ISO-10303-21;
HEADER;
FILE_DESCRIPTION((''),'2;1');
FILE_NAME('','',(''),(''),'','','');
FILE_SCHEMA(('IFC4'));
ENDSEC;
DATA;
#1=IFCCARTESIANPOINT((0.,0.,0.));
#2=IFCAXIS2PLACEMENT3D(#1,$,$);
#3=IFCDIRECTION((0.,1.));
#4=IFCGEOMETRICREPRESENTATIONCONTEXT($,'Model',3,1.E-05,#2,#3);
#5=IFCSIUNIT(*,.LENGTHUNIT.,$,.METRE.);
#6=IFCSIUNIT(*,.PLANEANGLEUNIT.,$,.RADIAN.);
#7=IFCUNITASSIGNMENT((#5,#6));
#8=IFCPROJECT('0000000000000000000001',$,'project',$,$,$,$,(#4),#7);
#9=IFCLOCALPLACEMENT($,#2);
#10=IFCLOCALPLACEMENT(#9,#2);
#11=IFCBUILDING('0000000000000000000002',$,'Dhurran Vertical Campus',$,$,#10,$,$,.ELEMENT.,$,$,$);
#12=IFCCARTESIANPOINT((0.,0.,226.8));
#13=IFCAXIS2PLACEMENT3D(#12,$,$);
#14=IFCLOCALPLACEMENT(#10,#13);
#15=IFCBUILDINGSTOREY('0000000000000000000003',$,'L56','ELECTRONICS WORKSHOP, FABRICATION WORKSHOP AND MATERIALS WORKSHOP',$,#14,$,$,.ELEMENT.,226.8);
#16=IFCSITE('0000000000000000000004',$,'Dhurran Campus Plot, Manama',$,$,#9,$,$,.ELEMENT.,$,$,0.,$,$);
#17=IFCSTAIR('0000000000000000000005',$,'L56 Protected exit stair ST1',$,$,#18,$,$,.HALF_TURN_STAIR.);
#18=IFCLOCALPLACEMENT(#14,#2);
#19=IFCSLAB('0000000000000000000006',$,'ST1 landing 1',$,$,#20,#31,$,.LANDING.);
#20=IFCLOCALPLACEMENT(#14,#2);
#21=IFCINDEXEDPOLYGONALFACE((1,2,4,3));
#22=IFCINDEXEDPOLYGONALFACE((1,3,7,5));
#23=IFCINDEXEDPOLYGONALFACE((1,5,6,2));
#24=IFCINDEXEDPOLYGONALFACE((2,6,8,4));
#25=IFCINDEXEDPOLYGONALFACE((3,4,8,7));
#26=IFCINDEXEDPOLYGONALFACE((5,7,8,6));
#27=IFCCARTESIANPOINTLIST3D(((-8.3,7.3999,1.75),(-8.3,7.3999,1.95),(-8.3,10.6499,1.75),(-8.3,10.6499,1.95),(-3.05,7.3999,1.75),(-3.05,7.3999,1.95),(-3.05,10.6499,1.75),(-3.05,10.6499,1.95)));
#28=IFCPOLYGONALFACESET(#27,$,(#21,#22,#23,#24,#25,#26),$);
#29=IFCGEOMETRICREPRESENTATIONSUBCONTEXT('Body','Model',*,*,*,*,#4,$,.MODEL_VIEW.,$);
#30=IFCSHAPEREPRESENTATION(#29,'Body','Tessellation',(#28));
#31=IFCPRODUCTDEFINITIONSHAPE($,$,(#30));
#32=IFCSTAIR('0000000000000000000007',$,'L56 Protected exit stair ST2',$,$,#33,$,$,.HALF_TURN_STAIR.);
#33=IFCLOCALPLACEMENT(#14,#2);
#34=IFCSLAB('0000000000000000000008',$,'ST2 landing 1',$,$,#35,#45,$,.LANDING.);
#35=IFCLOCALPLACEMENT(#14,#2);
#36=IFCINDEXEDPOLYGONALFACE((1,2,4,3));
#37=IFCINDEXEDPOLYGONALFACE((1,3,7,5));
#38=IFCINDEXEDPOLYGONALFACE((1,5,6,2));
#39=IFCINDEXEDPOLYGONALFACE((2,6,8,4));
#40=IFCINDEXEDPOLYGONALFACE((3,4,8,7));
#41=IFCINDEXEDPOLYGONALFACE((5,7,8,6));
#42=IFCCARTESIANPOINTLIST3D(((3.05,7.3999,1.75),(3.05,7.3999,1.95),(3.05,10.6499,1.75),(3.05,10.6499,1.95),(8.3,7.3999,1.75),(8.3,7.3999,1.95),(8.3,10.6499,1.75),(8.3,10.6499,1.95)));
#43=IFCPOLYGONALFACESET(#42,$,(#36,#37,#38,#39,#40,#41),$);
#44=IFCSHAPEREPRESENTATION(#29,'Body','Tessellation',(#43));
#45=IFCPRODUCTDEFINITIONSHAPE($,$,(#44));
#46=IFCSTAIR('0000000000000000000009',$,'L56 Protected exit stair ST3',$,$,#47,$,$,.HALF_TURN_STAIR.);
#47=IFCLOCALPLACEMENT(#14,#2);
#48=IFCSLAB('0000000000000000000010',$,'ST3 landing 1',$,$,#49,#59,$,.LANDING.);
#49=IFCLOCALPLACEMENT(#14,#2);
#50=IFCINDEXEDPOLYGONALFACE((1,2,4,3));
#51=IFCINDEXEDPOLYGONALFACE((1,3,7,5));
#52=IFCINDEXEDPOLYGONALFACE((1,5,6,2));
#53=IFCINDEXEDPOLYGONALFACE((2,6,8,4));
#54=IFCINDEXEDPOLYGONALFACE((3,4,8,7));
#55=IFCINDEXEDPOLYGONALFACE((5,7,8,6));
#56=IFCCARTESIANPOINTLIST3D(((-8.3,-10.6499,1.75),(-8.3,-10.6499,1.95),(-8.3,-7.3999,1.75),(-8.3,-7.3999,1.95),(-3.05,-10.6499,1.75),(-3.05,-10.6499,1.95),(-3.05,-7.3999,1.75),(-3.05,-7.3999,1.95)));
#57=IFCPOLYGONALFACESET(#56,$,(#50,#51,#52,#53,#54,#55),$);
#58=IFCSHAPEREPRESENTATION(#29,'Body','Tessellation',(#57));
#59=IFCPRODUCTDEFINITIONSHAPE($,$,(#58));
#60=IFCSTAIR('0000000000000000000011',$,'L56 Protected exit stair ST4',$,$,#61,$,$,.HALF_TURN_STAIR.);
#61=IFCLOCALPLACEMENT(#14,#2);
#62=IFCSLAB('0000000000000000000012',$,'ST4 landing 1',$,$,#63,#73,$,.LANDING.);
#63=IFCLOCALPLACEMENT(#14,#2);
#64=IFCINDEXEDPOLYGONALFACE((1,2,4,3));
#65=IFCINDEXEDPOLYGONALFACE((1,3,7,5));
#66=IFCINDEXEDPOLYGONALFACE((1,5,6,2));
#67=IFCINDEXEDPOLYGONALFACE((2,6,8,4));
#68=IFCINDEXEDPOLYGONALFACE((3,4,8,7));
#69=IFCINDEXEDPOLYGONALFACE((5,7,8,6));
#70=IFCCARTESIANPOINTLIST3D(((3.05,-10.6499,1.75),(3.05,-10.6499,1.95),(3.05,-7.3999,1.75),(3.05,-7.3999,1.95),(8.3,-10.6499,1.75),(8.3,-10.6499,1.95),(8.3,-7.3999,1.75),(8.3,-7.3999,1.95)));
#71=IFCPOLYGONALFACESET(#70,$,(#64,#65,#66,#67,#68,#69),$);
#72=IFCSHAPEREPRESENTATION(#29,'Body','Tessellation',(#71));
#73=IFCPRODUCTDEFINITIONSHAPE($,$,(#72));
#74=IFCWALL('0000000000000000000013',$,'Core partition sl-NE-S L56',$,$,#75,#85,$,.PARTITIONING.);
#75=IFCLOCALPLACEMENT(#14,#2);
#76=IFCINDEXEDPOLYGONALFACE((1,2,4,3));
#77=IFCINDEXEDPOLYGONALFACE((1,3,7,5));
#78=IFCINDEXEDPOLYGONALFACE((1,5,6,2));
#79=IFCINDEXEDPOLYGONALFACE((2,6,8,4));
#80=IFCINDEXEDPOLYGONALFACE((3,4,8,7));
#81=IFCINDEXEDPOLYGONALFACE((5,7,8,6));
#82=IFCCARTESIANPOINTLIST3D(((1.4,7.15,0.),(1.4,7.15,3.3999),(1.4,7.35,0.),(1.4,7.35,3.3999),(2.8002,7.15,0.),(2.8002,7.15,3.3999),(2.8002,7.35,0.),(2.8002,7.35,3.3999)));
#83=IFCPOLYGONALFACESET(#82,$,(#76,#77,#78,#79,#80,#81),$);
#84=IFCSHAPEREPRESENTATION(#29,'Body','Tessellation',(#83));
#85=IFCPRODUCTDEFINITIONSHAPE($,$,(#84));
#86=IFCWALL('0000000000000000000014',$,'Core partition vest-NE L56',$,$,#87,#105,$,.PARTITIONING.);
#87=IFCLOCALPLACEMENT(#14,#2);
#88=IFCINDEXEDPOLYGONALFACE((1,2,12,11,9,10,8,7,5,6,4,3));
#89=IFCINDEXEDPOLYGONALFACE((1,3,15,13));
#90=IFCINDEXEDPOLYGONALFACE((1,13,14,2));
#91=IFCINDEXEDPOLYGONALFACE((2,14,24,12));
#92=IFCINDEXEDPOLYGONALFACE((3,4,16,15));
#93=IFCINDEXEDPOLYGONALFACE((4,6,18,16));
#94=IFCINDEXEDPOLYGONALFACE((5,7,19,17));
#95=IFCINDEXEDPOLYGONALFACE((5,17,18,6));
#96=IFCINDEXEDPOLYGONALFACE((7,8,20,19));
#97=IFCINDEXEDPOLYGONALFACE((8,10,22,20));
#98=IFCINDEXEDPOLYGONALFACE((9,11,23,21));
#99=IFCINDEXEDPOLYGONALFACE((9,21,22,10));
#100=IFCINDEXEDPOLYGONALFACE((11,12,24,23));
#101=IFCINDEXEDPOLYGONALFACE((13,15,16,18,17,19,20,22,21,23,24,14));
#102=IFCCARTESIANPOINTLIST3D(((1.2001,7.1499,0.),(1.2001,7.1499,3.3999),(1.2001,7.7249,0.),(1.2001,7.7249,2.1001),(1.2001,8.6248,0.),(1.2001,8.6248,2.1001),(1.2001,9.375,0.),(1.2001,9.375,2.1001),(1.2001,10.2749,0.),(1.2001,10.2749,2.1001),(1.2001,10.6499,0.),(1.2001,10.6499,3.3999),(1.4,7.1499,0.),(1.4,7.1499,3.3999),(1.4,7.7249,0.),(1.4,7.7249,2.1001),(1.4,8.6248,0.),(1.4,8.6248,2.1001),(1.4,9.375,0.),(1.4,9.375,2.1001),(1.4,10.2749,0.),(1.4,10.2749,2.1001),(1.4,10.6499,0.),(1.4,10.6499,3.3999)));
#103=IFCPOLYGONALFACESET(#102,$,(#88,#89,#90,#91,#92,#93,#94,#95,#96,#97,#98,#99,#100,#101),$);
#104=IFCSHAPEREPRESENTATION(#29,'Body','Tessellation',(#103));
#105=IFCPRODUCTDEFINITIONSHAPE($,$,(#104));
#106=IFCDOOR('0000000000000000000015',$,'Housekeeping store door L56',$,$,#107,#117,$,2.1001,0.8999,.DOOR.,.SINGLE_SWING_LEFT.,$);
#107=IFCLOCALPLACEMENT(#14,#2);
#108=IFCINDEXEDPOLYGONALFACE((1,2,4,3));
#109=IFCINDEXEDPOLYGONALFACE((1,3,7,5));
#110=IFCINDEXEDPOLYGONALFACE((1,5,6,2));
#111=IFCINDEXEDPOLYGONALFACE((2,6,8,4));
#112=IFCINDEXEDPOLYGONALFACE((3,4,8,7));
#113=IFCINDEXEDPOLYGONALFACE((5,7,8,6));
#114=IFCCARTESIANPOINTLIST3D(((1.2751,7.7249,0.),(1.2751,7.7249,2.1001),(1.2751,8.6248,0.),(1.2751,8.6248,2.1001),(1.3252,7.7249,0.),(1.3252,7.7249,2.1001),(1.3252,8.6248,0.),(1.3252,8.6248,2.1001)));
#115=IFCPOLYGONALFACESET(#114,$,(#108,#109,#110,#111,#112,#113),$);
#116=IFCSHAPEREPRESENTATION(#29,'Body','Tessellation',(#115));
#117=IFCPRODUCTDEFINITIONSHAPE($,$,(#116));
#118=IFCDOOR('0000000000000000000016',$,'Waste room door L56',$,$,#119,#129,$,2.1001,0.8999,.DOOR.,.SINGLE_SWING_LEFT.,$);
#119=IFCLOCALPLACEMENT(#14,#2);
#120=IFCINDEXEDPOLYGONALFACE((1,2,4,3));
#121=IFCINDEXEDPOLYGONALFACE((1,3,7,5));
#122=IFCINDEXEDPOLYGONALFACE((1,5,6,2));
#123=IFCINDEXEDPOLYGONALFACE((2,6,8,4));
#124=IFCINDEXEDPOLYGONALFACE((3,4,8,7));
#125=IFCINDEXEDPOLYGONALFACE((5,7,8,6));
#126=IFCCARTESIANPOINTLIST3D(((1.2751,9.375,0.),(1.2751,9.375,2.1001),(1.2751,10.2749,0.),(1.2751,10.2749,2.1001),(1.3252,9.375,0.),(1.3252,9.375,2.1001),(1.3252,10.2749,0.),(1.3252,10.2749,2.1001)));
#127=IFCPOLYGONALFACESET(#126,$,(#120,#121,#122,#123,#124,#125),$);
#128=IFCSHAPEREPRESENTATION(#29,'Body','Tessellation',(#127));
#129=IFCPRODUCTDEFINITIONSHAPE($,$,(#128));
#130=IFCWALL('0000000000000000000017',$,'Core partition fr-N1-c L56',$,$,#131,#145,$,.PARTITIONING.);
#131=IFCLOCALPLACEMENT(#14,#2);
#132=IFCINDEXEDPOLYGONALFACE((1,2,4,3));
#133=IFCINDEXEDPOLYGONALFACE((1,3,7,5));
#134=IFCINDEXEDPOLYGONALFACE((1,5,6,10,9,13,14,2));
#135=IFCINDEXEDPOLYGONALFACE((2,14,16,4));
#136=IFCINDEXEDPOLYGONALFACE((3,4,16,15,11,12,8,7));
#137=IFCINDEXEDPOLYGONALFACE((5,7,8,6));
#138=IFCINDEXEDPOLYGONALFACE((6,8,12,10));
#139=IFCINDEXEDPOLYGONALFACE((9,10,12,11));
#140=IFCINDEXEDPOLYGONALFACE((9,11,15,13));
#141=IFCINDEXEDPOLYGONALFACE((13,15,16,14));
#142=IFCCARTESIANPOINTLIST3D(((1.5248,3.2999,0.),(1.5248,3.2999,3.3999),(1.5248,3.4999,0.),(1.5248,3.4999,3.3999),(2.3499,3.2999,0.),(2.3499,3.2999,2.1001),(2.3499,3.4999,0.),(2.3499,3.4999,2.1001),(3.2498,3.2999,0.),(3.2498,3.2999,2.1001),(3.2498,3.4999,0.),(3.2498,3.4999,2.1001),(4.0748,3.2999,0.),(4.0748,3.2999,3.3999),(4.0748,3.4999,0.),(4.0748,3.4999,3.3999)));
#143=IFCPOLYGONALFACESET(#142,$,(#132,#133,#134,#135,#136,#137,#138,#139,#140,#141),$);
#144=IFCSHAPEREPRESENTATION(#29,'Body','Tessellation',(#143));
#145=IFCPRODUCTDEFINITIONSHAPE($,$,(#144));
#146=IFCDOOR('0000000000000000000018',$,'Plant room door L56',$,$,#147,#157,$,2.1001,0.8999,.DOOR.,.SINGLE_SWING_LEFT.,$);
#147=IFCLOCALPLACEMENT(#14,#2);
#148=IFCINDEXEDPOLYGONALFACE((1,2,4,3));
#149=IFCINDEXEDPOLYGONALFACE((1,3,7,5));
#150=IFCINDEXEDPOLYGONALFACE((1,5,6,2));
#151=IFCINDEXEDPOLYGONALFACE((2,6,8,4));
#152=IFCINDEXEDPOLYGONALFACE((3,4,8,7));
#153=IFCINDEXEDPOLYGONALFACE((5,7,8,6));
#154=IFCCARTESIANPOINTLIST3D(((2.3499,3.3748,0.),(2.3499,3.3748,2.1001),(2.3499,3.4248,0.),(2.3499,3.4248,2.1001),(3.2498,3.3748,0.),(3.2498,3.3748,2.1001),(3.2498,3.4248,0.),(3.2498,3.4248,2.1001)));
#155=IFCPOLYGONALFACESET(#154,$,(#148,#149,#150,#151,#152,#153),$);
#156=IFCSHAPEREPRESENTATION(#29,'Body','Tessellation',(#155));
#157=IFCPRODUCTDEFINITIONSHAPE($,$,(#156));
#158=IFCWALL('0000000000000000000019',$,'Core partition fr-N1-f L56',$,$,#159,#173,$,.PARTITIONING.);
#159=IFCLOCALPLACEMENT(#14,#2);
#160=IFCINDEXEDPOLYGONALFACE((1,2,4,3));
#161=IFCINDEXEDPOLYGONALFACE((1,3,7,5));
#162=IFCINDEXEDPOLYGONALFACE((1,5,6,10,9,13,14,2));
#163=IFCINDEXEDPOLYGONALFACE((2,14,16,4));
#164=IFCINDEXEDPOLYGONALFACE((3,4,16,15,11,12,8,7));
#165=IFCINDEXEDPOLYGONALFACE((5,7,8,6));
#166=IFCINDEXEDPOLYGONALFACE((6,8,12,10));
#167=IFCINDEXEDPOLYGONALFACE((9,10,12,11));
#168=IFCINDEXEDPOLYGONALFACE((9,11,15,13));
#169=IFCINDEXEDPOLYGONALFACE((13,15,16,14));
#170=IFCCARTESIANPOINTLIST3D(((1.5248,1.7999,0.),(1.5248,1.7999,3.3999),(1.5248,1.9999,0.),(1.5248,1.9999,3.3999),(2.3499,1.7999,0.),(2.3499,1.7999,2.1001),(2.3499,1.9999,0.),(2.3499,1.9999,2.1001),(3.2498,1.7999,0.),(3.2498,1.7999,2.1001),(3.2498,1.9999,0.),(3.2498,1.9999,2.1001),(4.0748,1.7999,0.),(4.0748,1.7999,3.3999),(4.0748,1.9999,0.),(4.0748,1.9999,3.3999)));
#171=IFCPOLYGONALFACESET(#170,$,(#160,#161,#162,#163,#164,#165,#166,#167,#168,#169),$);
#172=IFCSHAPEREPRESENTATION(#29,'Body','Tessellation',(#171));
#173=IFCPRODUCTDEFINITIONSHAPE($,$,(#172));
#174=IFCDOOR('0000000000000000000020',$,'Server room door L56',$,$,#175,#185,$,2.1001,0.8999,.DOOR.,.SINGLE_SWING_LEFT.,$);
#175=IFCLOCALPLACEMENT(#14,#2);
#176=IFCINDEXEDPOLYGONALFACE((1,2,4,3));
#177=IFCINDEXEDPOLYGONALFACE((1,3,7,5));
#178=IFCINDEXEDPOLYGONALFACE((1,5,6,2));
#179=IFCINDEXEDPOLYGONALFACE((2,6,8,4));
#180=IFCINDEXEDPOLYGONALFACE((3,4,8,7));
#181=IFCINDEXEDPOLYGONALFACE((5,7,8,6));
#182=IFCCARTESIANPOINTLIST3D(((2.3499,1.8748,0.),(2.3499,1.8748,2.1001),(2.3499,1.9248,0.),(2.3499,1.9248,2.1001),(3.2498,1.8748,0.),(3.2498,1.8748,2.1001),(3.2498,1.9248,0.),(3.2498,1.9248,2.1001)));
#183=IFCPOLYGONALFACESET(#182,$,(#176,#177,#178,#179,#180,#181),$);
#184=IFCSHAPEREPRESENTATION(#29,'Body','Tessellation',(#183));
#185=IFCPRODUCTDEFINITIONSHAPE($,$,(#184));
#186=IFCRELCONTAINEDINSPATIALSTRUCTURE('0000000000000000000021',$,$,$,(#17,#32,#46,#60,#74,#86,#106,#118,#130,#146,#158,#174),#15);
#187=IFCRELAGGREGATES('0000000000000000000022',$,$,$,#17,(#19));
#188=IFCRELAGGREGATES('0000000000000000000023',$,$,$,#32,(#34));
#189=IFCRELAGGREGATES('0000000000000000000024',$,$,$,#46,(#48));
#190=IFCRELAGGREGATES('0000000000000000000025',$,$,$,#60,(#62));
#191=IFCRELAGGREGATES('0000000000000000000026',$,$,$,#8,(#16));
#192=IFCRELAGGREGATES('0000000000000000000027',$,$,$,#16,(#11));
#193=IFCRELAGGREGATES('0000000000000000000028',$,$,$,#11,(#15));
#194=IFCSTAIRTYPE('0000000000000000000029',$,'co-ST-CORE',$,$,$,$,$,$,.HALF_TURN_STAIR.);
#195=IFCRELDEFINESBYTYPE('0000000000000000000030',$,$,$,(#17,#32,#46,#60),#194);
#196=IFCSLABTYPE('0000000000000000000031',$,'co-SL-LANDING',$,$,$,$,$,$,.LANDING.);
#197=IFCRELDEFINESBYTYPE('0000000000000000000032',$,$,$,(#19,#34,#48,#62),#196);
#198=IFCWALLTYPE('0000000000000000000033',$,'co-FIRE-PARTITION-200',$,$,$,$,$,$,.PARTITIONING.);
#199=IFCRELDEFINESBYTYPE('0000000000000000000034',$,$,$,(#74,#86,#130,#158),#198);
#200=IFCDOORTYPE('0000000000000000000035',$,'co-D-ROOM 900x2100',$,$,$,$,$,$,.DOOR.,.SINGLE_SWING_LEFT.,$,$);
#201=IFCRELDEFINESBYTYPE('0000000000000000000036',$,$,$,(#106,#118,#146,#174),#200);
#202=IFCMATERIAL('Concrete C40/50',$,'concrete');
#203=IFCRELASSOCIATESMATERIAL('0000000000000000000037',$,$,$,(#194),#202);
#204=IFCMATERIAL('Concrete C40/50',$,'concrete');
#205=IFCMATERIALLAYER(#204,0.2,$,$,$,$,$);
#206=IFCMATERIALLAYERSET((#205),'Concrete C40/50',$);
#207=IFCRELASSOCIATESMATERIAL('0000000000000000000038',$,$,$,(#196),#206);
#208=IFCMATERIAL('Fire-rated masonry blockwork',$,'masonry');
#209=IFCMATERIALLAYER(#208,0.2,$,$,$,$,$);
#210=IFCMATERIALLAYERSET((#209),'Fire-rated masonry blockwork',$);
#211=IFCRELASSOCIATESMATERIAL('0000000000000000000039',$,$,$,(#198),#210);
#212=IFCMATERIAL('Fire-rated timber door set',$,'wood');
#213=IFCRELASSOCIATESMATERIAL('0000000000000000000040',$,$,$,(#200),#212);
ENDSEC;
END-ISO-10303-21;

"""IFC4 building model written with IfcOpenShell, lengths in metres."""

from ifc_helpers import new_model, si_unit, direction, frame, frame_2d, origin, place, context, subcontext, project, spatial, polyline, rectangle, outline, extrude, material, layer, layer_set, type_object, element, fill, aggregate, save


model = new_model("IFC4")

# Units and contexts
model_context = context("Model", 3, precision=1e-05, world=origin(), true_north=direction((0.0, 1.0)))
body_context = subcontext(model_context, "Body", "Model", "MODEL_VIEW")
ifc_project = project(units=[si_unit("LENGTHUNIT", "METRE"), si_unit("PLANEANGLEUNIT", "RADIAN")], contexts=[model_context])

# Site, building, storey
site_placement = place(None, origin())
site = spatial("IfcSite", under=ifc_project, at=site_placement, Name="Dhurran Campus Plot, Manama", CompositionType="ELEMENT", RefElevation=0.0)
building_placement = place(site_placement, origin())
building = spatial("IfcBuilding", under=site, at=building_placement, Name="Dhurran Vertical Campus", CompositionType="ELEMENT")
storey_placement = place(building_placement, frame((0.0, 0.0, 226.8)))
storey = spatial("IfcBuildingStorey", under=building, at=storey_placement, Name="L56", Description="ELECTRONICS WORKSHOP, FABRICATION WORKSHOP AND MATERIALS WORKSHOP", CompositionType="ELEMENT", Elevation=226.8)

# Stairs, slabs
ifc_material_1 = material(Name="Concrete C40/50", Category="concrete")
stair_type = type_object("IfcStairType", Name="co-ST-CORE", PredefinedType="HALF_TURN_STAIR", material=ifc_material_1)
stair_1_placement = place(storey_placement, origin())
stair_1 = element("IfcStair", 1, at=stair_1_placement, inside=storey, type_object=stair_type, Name="L56 Protected exit stair ST1", PredefinedType="HALF_TURN_STAIR")
ifc_material_2 = material(Name="Concrete C40/50", Category="concrete")
ifc_layer_1 = layer(ifc_material_2, 0.2)
ifc_layer_set_1 = layer_set([ifc_layer_1], Name="Concrete C40/50")
slab_type = type_object("IfcSlabType", Name="co-SL-LANDING", PredefinedType="LANDING", material=ifc_layer_set_1)
slab_1_placement = place(storey_placement, frame((0.0, 0.0, 1.75)))
slab_1 = element("IfcSlab", 2, at=slab_1_placement, type_object=slab_type, Name="ST1 landing 1", PredefinedType="LANDING", context=body_context, shape_type="SweptSolid", body=[
    extrude(outline(polyline([(-8.3, 7.3999), (-3.05, 7.3999), (-3.05, 10.6499), (-8.3, 10.6499), (-8.3, 7.3999)])), origin(), (0.0, 0.0, 1.0), 0.2),
])
aggregate(stair_1, [slab_1])
stair_2_placement = place(storey_placement, origin())
stair_2 = element("IfcStair", 3, at=stair_2_placement, inside=storey, type_object=stair_type, Name="L56 Protected exit stair ST2", PredefinedType="HALF_TURN_STAIR")
slab_2_placement = place(storey_placement, frame((0.0, 0.0, 1.75)))
slab_2 = element("IfcSlab", 4, at=slab_2_placement, type_object=slab_type, Name="ST2 landing 1", PredefinedType="LANDING", context=body_context, shape_type="SweptSolid", body=[
    extrude(outline(polyline([(8.3, 10.6499), (3.05, 10.6499), (3.05, 7.3999), (8.3, 7.3999), (8.3, 10.6499)])), origin(), (0.0, 0.0, 1.0), 0.2),
])
aggregate(stair_2, [slab_2])
stair_3_placement = place(storey_placement, origin())
stair_3 = element("IfcStair", 5, at=stair_3_placement, inside=storey, type_object=stair_type, Name="L56 Protected exit stair ST3", PredefinedType="HALF_TURN_STAIR")
slab_3_placement = place(storey_placement, frame((0.0, 0.0, 1.75)))
slab_3 = element("IfcSlab", 6, at=slab_3_placement, type_object=slab_type, Name="ST3 landing 1", PredefinedType="LANDING", context=body_context, shape_type="SweptSolid", body=[
    extrude(outline(polyline([(-8.3, -10.6499), (-3.05, -10.6499), (-3.05, -7.3999), (-8.3, -7.3999), (-8.3, -10.6499)])), origin(), (0.0, 0.0, 1.0), 0.2),
])
aggregate(stair_3, [slab_3])
stair_4_placement = place(storey_placement, origin())
stair_4 = element("IfcStair", 7, at=stair_4_placement, inside=storey, type_object=stair_type, Name="L56 Protected exit stair ST4", PredefinedType="HALF_TURN_STAIR")
slab_4_placement = place(storey_placement, frame((0.0, 0.0, 1.75)))
slab_4 = element("IfcSlab", 8, at=slab_4_placement, type_object=slab_type, Name="ST4 landing 1", PredefinedType="LANDING", context=body_context, shape_type="SweptSolid", body=[
    extrude(outline(polyline([(8.3, -7.3999), (3.05, -7.3999), (3.05, -10.6499), (8.3, -10.6499), (8.3, -7.3999)])), origin(), (0.0, 0.0, 1.0), 0.2),
])
aggregate(stair_4, [slab_4])

# Wall
ifc_material_3 = material(Name="Fire-rated masonry blockwork", Category="masonry")
ifc_layer_2 = layer(ifc_material_3, 0.2)
ifc_layer_set_2 = layer_set([ifc_layer_2], Name="Fire-rated masonry blockwork")
wall_type_1 = type_object("IfcWallType", Name="co-FIRE-PARTITION-200", PredefinedType="PARTITIONING", material=ifc_layer_set_2)
wall_1_placement = place(storey_placement, frame((1.3999, 7.25, 0.0), z_axis=(0.0, 0.0, 1.0), x_axis=(1.0, 0.0, 0.0)))
element("IfcWall", 9, at=wall_1_placement, inside=storey, type_object=wall_type_1, Name="Core partition sl-NE-S L56", PredefinedType="PARTITIONING", context=body_context, shape_type="SweptSolid", body=[
    extrude(rectangle(XDim=1.4001, YDim=0.2, at=frame_2d((0.7002, 0.0))), origin(), (0.0, 0.0, 1.0), 3.3999),
])

# Wall, openings, doors
wall_2_placement = place(storey_placement, frame((1.3, 7.1499, 0.0), z_axis=(0.0, 0.0, 1.0), x_axis=(0.0, 1.0, 0.0)))
wall_2 = element("IfcWall", 10, at=wall_2_placement, inside=storey, type_object=wall_type_1, Name="Core partition vest-NE L56", PredefinedType="PARTITIONING", context=body_context, shape_type="SweptSolid", body=[
    extrude(rectangle(XDim=3.5, YDim=0.2, at=frame_2d((1.75, 0.0))), origin(), (0.0, 0.0, 1.0), 3.3999),
])
opening_1_placement = place(wall_2_placement, frame((0.575, 0.0, 0.0)))
opening_1 = element("IfcOpeningElement", 11, at=opening_1_placement, cuts=wall_2, PredefinedType="OPENING", context=body_context, shape_type="SweptSolid", body=[
    extrude(rectangle(XDim=0.8999, YDim=2.1001, at=frame_2d((0.45, 1.05))), frame((0.0, 0.1099, 0.0), z_axis=(0.0, -1.0, 0.0), x_axis=(1.0, 0.0, 0.0)), (0.0, 0.0, 1.0), 0.22),
])
opening_2_placement = place(wall_2_placement, frame((2.2251, 0.0, 0.0)))
opening_2 = element("IfcOpeningElement", 12, at=opening_2_placement, cuts=wall_2, PredefinedType="OPENING", context=body_context, shape_type="SweptSolid", body=[
    extrude(rectangle(XDim=0.8999, YDim=2.1001, at=frame_2d((0.45, 1.05))), frame((0.0, 0.1099, 0.0), z_axis=(0.0, -1.0, 0.0), x_axis=(1.0, 0.0, 0.0)), (0.0, 0.0, 1.0), 0.22),
])
ifc_material_4 = material(Name="Fire-rated timber door set", Category="wood")
door_type_1 = type_object("IfcDoorType", Name="co-D-ROOM 900x2100", OperationType="SINGLE_SWING_LEFT", PredefinedType="DOOR", material=ifc_material_4)
door_1_placement = place(opening_1_placement, origin())
door_1 = element("IfcDoor", 13, at=door_1_placement, inside=storey, type_object=door_type_1, Name="Housekeeping store door L56", OperationType="SINGLE_SWING_LEFT", OverallHeight=2.1001, OverallWidth=0.8999, PredefinedType="DOOR", context=body_context, shape_type="SweptSolid", body=[
    extrude(rectangle(XDim=0.8999, YDim=2.1001, at=frame_2d((0.45, 1.05))), frame((0.0, 0.0249, 0.0), z_axis=(0.0, -1.0, 0.0), x_axis=(1.0, 0.0, 0.0)), (0.0, 0.0, 1.0), 0.05),
])
fill(opening_1, door_1)
door_2_placement = place(opening_2_placement, origin())
door_2 = element("IfcDoor", 14, at=door_2_placement, inside=storey, type_object=door_type_1, Name="Waste room door L56", OperationType="SINGLE_SWING_LEFT", OverallHeight=2.1001, OverallWidth=0.8999, PredefinedType="DOOR", context=body_context, shape_type="SweptSolid", body=[
    extrude(rectangle(XDim=0.8999, YDim=2.1001, at=frame_2d((0.45, 1.05))), frame((0.0, 0.0249, 0.0), z_axis=(0.0, -1.0, 0.0), x_axis=(1.0, 0.0, 0.0)), (0.0, 0.0, 1.0), 0.05),
])
fill(opening_2, door_2)

# Walls, openings, doors
wall_3_placement = place(storey_placement, frame((1.5249, 3.3999, 0.0), z_axis=(0.0, 0.0, 1.0), x_axis=(1.0, 0.0, 0.0)))
wall_3 = element("IfcWall", 15, at=wall_3_placement, inside=storey, type_object=wall_type_1, Name="Core partition fr-N1-c L56", PredefinedType="PARTITIONING", context=body_context, shape_type="SweptSolid", body=[
    extrude(rectangle(XDim=2.55, YDim=0.2, at=frame_2d((1.2749, 0.0))), origin(), (0.0, 0.0, 1.0), 3.3999),
])
opening_3_placement = place(wall_3_placement, frame((0.825, 0.0, 0.0)))
opening_3 = element("IfcOpeningElement", 16, at=opening_3_placement, cuts=wall_3, PredefinedType="OPENING", context=body_context, shape_type="SweptSolid", body=[
    extrude(rectangle(XDim=0.8999, YDim=2.1001, at=frame_2d((0.45, 1.05))), frame((0.0, 0.1099, 0.0), z_axis=(0.0, -1.0, 0.0), x_axis=(1.0, 0.0, 0.0)), (0.0, 0.0, 1.0), 0.22),
])
door_3_placement = place(opening_3_placement, origin())
door_3 = element("IfcDoor", 17, at=door_3_placement, inside=storey, type_object=door_type_1, Name="Plant room door L56", OperationType="SINGLE_SWING_LEFT", OverallHeight=2.1001, OverallWidth=0.8999, PredefinedType="DOOR", context=body_context, shape_type="SweptSolid", body=[
    extrude(rectangle(XDim=0.8999, YDim=2.1001, at=frame_2d((0.45, 1.05))), frame((0.0, 0.0249, 0.0), z_axis=(0.0, -1.0, 0.0), x_axis=(1.0, 0.0, 0.0)), (0.0, 0.0, 1.0), 0.05),
])
fill(opening_3, door_3)
wall_4_placement = place(storey_placement, frame((1.5249, 1.8999, 0.0), z_axis=(0.0, 0.0, 1.0), x_axis=(1.0, 0.0, 0.0)))
wall_4 = element("IfcWall", 18, at=wall_4_placement, inside=storey, type_object=wall_type_1, Name="Core partition fr-N1-f L56", PredefinedType="PARTITIONING", context=body_context, shape_type="SweptSolid", body=[
    extrude(rectangle(XDim=2.55, YDim=0.2, at=frame_2d((1.2749, 0.0))), origin(), (0.0, 0.0, 1.0), 3.3999),
])
opening_4_placement = place(wall_4_placement, frame((0.825, 0.0, 0.0)))
opening_4 = element("IfcOpeningElement", 19, at=opening_4_placement, cuts=wall_4, PredefinedType="OPENING", context=body_context, shape_type="SweptSolid", body=[
    extrude(rectangle(XDim=0.8999, YDim=2.1001, at=frame_2d((0.45, 1.05))), frame((0.0, 0.1099, 0.0), z_axis=(0.0, -1.0, 0.0), x_axis=(1.0, 0.0, 0.0)), (0.0, 0.0, 1.0), 0.22),
])
door_4_placement = place(opening_4_placement, origin())
door_4 = element("IfcDoor", 20, at=door_4_placement, inside=storey, type_object=door_type_1, Name="Server room door L56", OperationType="SINGLE_SWING_LEFT", OverallHeight=2.1001, OverallWidth=0.8999, PredefinedType="DOOR", context=body_context, shape_type="SweptSolid", body=[
    extrude(rectangle(XDim=0.8999, YDim=2.1001, at=frame_2d((0.45, 1.05))), frame((0.0, 0.0249, 0.0), z_axis=(0.0, -1.0, 0.0), x_axis=(1.0, 0.0, 0.0)), (0.0, 0.0, 1.0), 0.05),
])
fill(opening_4, door_4)

save(model, "model.ifc")
